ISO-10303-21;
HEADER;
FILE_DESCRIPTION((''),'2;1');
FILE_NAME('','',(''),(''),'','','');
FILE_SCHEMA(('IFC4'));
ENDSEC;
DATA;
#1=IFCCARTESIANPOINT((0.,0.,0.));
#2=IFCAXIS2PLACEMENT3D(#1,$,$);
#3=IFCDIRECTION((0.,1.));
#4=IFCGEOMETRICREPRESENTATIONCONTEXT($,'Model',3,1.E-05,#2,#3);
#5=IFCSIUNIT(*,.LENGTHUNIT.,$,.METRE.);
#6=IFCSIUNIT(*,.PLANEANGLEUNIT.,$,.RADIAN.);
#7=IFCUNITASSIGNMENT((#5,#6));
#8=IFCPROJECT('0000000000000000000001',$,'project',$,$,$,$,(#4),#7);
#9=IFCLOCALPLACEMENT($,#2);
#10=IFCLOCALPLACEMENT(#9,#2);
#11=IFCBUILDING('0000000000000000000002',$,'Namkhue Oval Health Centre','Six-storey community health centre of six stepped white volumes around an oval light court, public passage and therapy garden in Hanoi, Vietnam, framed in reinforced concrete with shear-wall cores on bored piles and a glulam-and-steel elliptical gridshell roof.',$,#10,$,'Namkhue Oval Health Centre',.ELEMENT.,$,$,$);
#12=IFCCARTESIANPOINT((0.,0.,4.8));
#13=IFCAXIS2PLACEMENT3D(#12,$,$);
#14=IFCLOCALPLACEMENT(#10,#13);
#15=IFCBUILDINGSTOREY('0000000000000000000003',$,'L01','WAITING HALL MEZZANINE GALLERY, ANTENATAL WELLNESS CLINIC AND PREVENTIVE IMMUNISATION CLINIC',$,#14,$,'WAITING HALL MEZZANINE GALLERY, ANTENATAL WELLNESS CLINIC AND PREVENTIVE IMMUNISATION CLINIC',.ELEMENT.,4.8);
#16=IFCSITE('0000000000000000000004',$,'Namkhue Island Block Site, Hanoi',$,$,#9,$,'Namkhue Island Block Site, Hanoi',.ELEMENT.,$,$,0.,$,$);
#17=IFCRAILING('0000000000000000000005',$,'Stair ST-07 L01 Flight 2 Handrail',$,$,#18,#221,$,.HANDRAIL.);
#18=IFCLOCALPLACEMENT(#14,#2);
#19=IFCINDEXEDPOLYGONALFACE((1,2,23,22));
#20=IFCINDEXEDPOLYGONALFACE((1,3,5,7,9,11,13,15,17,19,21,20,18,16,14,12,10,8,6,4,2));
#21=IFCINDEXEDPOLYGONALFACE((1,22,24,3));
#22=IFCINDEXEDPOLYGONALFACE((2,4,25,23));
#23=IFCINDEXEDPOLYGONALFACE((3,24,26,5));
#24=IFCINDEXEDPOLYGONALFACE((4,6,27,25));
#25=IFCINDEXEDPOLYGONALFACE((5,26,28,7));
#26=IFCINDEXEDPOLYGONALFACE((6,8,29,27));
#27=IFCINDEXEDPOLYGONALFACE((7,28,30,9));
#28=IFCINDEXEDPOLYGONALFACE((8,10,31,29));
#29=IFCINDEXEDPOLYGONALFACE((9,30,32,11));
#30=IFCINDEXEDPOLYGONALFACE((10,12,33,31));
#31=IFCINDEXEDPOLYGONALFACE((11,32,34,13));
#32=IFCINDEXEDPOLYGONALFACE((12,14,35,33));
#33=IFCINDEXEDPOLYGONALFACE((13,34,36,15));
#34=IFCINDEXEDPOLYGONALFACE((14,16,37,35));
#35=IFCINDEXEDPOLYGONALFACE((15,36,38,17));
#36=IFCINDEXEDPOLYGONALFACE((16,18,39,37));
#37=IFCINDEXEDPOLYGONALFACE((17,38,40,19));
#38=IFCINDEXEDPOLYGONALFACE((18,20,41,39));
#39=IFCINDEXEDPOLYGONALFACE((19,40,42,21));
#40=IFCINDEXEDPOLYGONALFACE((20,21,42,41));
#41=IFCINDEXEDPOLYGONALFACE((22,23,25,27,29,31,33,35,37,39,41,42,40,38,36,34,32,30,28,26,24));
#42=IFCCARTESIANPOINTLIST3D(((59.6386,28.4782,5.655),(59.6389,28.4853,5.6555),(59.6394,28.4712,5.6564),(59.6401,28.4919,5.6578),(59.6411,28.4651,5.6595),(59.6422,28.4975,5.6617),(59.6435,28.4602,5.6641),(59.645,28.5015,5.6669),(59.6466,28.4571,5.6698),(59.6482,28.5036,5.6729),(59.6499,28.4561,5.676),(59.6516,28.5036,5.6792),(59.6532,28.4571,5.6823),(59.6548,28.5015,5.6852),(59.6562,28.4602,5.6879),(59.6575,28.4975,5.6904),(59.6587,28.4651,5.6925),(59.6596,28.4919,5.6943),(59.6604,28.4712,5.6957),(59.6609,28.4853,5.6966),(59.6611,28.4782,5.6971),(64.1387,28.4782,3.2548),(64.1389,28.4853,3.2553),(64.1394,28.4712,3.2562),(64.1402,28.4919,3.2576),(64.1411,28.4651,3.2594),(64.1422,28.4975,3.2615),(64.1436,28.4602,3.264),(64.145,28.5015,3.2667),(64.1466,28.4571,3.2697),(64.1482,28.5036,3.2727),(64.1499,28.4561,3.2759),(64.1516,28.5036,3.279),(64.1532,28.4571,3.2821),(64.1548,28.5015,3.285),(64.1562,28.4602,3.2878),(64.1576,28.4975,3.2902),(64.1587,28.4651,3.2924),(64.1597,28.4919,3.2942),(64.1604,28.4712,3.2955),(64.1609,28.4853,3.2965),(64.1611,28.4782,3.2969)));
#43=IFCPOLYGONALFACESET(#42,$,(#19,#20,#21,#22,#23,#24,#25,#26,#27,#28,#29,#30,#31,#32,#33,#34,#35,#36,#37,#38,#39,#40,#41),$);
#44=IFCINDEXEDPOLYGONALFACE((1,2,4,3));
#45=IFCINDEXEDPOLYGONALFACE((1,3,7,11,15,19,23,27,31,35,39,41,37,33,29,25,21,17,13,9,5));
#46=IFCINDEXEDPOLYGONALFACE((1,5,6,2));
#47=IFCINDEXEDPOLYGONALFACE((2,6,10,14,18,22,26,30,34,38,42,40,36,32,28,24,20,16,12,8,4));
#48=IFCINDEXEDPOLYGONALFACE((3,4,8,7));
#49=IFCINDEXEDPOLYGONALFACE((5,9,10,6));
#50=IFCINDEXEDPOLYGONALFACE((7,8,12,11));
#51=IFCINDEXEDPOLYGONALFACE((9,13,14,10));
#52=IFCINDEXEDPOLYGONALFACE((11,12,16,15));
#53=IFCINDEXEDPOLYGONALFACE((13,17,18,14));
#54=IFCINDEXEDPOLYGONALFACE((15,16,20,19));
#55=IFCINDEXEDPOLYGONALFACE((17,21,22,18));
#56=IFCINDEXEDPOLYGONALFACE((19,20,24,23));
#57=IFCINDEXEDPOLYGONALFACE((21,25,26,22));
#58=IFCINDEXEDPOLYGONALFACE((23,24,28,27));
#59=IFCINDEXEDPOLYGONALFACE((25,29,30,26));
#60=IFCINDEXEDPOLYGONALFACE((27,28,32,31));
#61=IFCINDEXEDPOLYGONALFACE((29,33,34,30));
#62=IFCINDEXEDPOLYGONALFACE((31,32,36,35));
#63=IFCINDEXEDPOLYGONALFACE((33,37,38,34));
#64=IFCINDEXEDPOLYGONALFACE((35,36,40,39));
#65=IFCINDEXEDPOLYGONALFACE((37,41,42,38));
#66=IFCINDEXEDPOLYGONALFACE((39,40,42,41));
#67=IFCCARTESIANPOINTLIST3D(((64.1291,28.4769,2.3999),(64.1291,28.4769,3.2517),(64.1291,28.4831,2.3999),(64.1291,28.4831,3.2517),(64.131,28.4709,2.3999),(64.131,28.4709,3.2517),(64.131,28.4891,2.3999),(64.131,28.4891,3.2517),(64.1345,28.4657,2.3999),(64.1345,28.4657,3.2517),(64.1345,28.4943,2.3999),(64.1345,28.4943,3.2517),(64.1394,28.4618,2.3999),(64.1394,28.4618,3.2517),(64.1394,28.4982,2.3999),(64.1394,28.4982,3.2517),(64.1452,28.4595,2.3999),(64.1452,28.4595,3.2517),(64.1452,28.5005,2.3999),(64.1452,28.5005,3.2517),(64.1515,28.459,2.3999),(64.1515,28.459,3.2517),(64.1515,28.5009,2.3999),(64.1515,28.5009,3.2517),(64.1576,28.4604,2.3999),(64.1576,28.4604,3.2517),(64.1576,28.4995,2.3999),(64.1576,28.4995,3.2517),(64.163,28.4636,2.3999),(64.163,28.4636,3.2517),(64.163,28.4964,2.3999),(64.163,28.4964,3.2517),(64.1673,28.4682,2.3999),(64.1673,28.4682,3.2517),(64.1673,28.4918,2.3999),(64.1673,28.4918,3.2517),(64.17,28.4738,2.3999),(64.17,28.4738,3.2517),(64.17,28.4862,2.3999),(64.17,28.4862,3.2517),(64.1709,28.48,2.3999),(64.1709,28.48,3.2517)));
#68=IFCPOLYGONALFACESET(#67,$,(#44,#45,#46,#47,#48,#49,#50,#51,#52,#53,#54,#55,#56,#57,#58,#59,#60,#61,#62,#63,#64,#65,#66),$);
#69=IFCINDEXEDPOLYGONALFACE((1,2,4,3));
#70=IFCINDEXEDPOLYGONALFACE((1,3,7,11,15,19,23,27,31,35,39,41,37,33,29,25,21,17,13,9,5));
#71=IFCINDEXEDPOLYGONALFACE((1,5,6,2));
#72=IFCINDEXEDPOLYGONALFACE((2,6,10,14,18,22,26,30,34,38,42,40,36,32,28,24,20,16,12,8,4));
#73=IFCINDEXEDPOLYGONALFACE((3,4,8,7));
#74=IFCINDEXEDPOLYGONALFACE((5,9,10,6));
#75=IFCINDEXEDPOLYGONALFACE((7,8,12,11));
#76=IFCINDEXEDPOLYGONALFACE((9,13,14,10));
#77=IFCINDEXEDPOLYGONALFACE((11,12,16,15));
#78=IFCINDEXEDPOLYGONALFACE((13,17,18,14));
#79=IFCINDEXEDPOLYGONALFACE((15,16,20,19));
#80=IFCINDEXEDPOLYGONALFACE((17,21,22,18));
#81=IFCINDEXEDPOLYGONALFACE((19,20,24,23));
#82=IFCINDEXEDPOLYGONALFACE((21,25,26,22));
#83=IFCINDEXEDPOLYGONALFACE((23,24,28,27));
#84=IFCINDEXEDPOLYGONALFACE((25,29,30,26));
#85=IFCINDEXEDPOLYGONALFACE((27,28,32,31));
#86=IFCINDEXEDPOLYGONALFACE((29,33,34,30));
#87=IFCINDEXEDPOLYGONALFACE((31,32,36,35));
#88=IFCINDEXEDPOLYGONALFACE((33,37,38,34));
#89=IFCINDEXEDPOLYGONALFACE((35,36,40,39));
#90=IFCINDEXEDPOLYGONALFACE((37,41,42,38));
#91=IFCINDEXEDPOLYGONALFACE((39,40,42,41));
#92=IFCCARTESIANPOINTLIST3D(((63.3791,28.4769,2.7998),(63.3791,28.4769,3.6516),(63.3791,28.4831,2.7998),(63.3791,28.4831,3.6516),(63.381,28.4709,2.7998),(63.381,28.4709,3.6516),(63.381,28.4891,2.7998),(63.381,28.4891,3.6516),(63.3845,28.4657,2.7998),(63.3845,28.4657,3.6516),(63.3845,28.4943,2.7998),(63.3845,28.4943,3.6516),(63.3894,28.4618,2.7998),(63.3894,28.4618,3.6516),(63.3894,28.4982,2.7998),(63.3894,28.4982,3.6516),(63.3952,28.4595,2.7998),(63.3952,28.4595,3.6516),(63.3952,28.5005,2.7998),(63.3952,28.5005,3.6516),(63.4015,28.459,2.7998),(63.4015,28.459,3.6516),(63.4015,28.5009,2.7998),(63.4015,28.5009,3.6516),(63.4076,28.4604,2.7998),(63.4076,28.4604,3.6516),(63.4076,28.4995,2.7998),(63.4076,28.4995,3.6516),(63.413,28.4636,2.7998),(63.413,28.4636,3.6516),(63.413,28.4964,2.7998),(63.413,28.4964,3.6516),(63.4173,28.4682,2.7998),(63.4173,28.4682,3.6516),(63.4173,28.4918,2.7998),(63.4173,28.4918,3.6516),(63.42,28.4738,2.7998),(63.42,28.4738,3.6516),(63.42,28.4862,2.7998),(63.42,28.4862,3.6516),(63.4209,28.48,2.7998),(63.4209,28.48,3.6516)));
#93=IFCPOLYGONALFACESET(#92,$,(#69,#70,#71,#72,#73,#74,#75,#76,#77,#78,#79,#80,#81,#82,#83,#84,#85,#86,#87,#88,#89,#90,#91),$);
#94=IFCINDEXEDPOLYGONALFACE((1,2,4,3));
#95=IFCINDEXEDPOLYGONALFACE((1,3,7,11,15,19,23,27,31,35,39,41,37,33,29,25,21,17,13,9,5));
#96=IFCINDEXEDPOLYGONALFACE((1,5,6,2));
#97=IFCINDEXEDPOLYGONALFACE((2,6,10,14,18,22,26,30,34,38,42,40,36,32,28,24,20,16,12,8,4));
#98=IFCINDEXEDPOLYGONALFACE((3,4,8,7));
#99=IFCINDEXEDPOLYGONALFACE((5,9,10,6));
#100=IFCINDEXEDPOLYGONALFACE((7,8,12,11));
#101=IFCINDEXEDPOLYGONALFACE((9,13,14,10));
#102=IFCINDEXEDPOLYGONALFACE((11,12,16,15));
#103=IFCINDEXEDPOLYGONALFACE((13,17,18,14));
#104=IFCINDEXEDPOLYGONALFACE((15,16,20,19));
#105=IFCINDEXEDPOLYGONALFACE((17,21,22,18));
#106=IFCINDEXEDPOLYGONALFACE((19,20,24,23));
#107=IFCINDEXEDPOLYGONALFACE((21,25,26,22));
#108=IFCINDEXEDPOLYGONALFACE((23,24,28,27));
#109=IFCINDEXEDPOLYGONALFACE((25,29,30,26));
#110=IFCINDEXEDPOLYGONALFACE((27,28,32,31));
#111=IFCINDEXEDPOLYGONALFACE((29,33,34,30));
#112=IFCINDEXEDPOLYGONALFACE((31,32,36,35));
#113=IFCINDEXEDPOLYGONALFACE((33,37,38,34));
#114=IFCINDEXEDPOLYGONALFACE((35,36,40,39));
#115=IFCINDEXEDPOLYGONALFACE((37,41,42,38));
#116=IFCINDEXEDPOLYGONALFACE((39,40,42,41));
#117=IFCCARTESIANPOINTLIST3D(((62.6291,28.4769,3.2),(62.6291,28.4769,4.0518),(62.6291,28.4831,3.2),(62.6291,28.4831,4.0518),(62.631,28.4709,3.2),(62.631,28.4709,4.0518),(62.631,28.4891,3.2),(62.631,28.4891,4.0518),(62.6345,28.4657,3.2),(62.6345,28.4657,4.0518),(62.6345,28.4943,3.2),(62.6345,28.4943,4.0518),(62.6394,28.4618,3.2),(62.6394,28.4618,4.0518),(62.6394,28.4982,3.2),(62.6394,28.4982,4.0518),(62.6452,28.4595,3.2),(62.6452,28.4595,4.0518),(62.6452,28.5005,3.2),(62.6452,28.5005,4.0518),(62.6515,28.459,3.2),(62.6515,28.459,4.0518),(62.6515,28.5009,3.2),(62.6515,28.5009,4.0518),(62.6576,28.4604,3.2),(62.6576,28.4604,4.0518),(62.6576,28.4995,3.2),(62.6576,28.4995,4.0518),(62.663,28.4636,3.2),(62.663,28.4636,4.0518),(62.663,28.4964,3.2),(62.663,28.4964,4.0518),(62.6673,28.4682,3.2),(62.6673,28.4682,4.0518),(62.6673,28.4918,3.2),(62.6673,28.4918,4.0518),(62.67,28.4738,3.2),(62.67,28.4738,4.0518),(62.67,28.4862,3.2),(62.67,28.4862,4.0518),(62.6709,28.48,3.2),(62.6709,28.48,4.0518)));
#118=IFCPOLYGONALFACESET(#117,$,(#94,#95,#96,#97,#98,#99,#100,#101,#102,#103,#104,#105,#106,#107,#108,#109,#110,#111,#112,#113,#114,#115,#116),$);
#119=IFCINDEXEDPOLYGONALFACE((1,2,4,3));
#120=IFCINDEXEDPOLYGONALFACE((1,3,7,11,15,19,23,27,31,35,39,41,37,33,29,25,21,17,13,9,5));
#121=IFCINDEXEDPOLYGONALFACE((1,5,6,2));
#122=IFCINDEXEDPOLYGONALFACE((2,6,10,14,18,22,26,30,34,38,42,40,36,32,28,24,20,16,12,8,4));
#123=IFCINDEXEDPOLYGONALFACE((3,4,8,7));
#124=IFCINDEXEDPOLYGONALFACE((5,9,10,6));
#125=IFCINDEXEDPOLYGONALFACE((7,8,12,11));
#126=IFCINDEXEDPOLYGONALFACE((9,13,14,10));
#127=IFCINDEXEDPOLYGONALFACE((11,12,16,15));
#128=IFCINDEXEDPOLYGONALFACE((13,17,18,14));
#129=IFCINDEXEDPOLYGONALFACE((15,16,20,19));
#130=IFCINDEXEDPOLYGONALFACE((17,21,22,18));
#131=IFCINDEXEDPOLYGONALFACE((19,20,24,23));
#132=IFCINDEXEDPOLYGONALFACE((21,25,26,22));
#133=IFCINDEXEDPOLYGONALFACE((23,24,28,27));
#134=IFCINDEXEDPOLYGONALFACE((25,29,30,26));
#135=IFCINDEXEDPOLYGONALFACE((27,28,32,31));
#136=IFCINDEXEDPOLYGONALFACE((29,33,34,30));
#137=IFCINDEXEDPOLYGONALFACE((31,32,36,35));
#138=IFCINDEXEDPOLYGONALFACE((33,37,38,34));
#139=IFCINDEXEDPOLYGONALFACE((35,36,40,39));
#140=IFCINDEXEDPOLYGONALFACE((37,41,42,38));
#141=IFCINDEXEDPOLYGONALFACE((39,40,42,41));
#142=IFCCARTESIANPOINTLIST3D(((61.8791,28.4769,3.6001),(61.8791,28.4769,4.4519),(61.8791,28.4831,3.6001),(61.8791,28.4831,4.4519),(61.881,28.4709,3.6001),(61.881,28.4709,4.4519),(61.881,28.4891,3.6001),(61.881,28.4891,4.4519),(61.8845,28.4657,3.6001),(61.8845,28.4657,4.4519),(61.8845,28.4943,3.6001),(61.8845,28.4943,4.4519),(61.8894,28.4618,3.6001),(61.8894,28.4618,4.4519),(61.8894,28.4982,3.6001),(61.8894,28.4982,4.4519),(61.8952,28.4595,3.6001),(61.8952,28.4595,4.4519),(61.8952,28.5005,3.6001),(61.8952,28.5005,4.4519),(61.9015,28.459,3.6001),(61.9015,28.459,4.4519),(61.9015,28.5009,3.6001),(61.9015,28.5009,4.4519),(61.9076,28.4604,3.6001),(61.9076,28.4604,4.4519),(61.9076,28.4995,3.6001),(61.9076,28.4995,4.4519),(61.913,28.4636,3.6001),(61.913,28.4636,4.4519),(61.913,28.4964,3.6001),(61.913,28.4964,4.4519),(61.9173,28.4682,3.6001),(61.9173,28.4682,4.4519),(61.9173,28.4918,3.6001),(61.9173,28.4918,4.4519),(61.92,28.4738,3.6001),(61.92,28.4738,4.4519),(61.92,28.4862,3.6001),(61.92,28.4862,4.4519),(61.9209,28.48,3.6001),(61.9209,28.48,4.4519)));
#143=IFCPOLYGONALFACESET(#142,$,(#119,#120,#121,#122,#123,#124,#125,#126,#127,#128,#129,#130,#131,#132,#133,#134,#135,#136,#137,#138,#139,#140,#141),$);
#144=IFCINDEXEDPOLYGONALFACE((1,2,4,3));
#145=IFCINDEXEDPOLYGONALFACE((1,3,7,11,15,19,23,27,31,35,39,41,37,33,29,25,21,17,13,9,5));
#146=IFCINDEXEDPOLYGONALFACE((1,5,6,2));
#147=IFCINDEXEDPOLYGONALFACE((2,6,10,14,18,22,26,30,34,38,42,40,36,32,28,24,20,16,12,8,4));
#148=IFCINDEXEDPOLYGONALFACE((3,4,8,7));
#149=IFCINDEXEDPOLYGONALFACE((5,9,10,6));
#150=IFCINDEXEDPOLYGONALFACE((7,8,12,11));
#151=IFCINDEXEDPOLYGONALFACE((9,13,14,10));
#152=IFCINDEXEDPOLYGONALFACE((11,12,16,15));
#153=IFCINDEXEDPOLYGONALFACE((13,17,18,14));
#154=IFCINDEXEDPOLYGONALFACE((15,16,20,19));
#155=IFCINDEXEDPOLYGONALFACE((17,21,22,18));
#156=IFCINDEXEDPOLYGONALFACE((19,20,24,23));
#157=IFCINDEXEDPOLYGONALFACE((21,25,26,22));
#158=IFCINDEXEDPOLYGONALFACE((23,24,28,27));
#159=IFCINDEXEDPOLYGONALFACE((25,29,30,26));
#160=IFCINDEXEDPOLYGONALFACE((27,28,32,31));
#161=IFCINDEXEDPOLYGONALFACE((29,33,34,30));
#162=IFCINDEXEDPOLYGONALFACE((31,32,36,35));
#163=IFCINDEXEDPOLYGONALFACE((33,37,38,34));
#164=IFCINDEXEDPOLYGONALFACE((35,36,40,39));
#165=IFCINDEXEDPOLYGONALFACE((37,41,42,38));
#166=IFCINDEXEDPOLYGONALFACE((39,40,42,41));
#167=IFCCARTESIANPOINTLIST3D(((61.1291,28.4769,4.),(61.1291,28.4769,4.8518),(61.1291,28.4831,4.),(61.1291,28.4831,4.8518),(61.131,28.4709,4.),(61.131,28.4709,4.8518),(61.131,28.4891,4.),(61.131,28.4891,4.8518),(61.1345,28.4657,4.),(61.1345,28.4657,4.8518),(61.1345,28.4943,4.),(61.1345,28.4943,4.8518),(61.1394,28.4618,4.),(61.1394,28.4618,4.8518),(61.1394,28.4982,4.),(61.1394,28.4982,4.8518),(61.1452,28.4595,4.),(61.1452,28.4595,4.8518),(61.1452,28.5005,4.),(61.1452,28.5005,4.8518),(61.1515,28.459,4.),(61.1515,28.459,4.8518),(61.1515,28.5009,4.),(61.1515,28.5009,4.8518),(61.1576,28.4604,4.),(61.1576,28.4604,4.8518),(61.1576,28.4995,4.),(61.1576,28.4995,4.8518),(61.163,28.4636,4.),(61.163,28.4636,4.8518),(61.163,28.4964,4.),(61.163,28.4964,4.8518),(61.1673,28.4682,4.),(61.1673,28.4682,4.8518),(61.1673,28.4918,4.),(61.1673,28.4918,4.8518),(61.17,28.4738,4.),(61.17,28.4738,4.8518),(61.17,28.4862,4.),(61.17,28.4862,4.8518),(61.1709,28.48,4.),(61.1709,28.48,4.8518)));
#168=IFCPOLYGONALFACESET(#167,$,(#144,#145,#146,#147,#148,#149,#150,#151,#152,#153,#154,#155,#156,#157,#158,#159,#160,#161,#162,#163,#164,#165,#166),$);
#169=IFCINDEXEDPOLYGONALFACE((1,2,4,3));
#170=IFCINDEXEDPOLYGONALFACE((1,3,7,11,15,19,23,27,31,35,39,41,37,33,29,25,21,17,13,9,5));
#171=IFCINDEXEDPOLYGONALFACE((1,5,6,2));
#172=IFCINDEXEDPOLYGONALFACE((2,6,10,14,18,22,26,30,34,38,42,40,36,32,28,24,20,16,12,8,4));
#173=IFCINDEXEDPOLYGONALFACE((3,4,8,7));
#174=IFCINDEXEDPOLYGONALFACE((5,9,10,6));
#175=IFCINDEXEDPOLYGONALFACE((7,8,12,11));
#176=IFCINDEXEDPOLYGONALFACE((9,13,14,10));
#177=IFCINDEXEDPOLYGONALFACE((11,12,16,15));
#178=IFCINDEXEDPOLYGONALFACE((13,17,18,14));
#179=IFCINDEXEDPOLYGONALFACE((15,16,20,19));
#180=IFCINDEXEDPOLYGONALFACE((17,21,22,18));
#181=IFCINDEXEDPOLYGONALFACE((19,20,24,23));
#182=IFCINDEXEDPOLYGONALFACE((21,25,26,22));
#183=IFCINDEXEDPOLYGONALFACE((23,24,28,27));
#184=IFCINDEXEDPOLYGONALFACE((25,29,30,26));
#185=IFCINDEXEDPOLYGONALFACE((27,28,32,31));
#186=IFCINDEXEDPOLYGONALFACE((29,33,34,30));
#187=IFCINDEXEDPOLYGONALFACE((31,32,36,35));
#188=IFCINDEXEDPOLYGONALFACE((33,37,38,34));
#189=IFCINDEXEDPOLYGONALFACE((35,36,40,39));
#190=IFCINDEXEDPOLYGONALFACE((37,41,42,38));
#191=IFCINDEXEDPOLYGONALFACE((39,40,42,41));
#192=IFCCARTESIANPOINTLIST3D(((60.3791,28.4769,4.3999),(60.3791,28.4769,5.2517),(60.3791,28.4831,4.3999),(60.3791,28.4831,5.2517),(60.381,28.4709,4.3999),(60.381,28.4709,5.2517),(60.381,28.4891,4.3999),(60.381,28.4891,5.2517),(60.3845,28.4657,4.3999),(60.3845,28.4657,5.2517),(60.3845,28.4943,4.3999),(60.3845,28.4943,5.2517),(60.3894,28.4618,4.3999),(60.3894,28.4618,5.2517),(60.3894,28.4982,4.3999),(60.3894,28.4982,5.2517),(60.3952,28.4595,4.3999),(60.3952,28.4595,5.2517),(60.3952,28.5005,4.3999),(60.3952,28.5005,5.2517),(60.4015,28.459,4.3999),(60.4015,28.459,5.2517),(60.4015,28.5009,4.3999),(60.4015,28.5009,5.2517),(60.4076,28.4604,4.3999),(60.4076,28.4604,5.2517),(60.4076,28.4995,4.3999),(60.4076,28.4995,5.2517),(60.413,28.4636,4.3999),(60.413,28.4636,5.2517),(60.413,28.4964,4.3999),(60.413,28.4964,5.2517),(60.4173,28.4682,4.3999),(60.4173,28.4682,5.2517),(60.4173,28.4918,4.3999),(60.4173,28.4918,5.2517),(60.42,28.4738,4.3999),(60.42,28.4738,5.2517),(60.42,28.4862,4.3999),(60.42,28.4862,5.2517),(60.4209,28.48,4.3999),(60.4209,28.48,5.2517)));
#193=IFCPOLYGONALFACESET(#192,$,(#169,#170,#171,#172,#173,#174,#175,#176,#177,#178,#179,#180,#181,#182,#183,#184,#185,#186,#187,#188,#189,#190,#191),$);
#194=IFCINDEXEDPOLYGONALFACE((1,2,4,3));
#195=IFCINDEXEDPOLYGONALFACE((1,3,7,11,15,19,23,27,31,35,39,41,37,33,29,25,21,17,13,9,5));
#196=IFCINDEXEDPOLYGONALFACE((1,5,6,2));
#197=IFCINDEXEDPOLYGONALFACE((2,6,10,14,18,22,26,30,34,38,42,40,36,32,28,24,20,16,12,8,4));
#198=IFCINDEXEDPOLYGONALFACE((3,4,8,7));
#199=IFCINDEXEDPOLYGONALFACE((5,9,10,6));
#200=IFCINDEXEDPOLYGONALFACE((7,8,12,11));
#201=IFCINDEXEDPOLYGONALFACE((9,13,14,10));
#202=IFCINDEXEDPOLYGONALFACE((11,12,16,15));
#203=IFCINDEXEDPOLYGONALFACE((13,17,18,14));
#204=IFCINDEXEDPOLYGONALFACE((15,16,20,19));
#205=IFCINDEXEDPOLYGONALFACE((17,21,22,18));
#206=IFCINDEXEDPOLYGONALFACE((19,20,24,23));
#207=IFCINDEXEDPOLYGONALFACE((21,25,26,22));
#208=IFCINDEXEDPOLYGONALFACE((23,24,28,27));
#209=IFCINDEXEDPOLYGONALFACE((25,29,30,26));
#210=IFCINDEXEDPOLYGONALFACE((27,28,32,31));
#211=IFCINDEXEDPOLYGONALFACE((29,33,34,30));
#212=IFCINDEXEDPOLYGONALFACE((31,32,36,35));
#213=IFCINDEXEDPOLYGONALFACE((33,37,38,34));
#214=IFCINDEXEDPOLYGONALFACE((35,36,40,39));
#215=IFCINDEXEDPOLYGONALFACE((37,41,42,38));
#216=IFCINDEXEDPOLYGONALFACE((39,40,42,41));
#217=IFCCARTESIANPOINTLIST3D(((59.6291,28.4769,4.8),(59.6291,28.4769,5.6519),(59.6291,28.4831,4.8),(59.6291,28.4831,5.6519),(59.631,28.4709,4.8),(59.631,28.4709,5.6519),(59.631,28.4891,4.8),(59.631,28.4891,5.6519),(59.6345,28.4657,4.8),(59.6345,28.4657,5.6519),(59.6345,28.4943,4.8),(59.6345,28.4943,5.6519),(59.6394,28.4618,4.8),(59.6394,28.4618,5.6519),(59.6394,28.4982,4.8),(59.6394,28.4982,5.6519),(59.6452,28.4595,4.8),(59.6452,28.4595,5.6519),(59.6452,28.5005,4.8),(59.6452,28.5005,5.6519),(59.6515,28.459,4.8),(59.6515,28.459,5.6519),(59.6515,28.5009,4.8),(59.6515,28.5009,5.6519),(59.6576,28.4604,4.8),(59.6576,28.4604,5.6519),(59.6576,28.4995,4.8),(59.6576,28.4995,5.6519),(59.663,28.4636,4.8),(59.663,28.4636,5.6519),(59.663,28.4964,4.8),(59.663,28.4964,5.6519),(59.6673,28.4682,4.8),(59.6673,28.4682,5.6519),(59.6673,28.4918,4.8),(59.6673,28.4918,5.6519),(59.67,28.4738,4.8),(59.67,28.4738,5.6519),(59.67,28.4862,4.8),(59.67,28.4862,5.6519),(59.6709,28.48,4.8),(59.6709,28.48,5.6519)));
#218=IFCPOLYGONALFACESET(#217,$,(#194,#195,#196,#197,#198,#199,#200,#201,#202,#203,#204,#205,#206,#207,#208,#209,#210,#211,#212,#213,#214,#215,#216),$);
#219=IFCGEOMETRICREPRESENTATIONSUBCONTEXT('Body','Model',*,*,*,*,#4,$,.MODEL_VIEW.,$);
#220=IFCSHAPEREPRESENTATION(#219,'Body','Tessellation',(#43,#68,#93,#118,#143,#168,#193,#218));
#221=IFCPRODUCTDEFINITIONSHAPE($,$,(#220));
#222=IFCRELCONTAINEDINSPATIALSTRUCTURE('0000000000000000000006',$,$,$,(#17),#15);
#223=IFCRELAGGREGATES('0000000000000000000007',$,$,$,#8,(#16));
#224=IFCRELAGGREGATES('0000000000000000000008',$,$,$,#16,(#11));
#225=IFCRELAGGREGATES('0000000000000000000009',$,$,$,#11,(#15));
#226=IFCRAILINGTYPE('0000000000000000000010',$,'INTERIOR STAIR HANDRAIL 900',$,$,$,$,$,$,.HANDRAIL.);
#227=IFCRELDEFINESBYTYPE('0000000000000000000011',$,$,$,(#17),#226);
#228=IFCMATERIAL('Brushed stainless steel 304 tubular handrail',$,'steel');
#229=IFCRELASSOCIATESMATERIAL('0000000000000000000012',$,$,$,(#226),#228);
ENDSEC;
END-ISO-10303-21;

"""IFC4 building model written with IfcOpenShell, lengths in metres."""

from ifc_helpers import new_model, si_unit, direction, frame, origin, origin_2d, place, context, subcontext, project, spatial, circle, extrude, material, type_object, element, save


model = new_model("IFC4")

# Units and contexts
model_context = context("Model", 3, precision=1e-05, world=origin(), true_north=direction((0.0, 1.0)))
body_context = subcontext(model_context, "Body", "Model", "MODEL_VIEW")
ifc_project = project(units=[si_unit("LENGTHUNIT", "METRE"), si_unit("PLANEANGLEUNIT", "RADIAN")], contexts=[model_context])

# Site, building, storey
site_placement = place(None, origin())
site = spatial("IfcSite", under=ifc_project, at=site_placement, Name="Namkhue Island Block Site, Hanoi", LongName="Namkhue Island Block Site, Hanoi", CompositionType="ELEMENT", RefElevation=0.0)
building_placement = place(site_placement, origin())
building = spatial("IfcBuilding", under=site, at=building_placement, Name="Namkhue Oval Health Centre", Description="Six-storey community health centre of six stepped white volumes around an oval light court, public passage and therapy garden in Hanoi, Vietnam, framed in reinforced concrete with shear-wall cores on bored piles and a glulam-and-steel elliptical gridshell roof.", LongName="Namkhue Oval Health Centre", CompositionType="ELEMENT")
storey_placement = place(building_placement, frame((0.0, 0.0, 4.8)))
storey = spatial("IfcBuildingStorey", under=building, at=storey_placement, Name="L01", Description="WAITING HALL MEZZANINE GALLERY, ANTENATAL WELLNESS CLINIC AND PREVENTIVE IMMUNISATION CLINIC", LongName="WAITING HALL MEZZANINE GALLERY, ANTENATAL WELLNESS CLINIC AND PREVENTIVE IMMUNISATION CLINIC", CompositionType="ELEMENT", Elevation=4.8)

# Railing
ifc_material_1 = material(Name="Brushed stainless steel 304 tubular handrail", Category="steel")
railing_type_1 = type_object("IfcRailingType", Name="INTERIOR STAIR HANDRAIL 900", PredefinedType="HANDRAIL", material=ifc_material_1)
railing_1_placement = place(storey_placement, frame((64.1499, 28.48, 2.3999)))
element("IfcRailing", 1, at=railing_1_placement, inside=storey, type_object=railing_type_1, Name="Stair ST-07 L01 Flight 2 Handrail", PredefinedType="HANDRAIL", context=body_context, shape_type="SweptSolid", body=[
    extrude(circle(Radius=0.0239, at=origin_2d()), frame((0.0, 0.0, 0.876), z_axis=(-0.882341, 0.0, 0.470611), x_axis=(0.0, -1.0, 0.0)), (0.0, 0.0, 1.0), 5.1001),
    extrude(circle(Radius=0.021, at=origin_2d()), origin(), (0.0, 0.0, 1.0), 0.8518),
    extrude(circle(Radius=0.021, at=origin_2d()), frame((-0.75, 0.0, 0.3999)), (0.0, 0.0, 1.0), 0.8518),
    extrude(circle(Radius=0.021, at=origin_2d()), frame((-1.5, 0.0, 0.8)), (0.0, 0.0, 1.0), 0.8518),
    extrude(circle(Radius=0.021, at=origin_2d()), frame((-2.25, 0.0, 1.2002)), (0.0, 0.0, 1.0), 0.8518),
    extrude(circle(Radius=0.021, at=origin_2d()), frame((-3.0, 0.0, 1.6001)), (0.0, 0.0, 1.0), 0.8518),
    extrude(circle(Radius=0.021, at=origin_2d()), frame((-3.75, 0.0, 2.0)), (0.0, 0.0, 1.0), 0.8518),
    extrude(circle(Radius=0.021, at=origin_2d()), frame((-4.5, 0.0, 2.4001)), (0.0, 0.0, 1.0), 0.8518),
])

save(model, "model.ifc")
